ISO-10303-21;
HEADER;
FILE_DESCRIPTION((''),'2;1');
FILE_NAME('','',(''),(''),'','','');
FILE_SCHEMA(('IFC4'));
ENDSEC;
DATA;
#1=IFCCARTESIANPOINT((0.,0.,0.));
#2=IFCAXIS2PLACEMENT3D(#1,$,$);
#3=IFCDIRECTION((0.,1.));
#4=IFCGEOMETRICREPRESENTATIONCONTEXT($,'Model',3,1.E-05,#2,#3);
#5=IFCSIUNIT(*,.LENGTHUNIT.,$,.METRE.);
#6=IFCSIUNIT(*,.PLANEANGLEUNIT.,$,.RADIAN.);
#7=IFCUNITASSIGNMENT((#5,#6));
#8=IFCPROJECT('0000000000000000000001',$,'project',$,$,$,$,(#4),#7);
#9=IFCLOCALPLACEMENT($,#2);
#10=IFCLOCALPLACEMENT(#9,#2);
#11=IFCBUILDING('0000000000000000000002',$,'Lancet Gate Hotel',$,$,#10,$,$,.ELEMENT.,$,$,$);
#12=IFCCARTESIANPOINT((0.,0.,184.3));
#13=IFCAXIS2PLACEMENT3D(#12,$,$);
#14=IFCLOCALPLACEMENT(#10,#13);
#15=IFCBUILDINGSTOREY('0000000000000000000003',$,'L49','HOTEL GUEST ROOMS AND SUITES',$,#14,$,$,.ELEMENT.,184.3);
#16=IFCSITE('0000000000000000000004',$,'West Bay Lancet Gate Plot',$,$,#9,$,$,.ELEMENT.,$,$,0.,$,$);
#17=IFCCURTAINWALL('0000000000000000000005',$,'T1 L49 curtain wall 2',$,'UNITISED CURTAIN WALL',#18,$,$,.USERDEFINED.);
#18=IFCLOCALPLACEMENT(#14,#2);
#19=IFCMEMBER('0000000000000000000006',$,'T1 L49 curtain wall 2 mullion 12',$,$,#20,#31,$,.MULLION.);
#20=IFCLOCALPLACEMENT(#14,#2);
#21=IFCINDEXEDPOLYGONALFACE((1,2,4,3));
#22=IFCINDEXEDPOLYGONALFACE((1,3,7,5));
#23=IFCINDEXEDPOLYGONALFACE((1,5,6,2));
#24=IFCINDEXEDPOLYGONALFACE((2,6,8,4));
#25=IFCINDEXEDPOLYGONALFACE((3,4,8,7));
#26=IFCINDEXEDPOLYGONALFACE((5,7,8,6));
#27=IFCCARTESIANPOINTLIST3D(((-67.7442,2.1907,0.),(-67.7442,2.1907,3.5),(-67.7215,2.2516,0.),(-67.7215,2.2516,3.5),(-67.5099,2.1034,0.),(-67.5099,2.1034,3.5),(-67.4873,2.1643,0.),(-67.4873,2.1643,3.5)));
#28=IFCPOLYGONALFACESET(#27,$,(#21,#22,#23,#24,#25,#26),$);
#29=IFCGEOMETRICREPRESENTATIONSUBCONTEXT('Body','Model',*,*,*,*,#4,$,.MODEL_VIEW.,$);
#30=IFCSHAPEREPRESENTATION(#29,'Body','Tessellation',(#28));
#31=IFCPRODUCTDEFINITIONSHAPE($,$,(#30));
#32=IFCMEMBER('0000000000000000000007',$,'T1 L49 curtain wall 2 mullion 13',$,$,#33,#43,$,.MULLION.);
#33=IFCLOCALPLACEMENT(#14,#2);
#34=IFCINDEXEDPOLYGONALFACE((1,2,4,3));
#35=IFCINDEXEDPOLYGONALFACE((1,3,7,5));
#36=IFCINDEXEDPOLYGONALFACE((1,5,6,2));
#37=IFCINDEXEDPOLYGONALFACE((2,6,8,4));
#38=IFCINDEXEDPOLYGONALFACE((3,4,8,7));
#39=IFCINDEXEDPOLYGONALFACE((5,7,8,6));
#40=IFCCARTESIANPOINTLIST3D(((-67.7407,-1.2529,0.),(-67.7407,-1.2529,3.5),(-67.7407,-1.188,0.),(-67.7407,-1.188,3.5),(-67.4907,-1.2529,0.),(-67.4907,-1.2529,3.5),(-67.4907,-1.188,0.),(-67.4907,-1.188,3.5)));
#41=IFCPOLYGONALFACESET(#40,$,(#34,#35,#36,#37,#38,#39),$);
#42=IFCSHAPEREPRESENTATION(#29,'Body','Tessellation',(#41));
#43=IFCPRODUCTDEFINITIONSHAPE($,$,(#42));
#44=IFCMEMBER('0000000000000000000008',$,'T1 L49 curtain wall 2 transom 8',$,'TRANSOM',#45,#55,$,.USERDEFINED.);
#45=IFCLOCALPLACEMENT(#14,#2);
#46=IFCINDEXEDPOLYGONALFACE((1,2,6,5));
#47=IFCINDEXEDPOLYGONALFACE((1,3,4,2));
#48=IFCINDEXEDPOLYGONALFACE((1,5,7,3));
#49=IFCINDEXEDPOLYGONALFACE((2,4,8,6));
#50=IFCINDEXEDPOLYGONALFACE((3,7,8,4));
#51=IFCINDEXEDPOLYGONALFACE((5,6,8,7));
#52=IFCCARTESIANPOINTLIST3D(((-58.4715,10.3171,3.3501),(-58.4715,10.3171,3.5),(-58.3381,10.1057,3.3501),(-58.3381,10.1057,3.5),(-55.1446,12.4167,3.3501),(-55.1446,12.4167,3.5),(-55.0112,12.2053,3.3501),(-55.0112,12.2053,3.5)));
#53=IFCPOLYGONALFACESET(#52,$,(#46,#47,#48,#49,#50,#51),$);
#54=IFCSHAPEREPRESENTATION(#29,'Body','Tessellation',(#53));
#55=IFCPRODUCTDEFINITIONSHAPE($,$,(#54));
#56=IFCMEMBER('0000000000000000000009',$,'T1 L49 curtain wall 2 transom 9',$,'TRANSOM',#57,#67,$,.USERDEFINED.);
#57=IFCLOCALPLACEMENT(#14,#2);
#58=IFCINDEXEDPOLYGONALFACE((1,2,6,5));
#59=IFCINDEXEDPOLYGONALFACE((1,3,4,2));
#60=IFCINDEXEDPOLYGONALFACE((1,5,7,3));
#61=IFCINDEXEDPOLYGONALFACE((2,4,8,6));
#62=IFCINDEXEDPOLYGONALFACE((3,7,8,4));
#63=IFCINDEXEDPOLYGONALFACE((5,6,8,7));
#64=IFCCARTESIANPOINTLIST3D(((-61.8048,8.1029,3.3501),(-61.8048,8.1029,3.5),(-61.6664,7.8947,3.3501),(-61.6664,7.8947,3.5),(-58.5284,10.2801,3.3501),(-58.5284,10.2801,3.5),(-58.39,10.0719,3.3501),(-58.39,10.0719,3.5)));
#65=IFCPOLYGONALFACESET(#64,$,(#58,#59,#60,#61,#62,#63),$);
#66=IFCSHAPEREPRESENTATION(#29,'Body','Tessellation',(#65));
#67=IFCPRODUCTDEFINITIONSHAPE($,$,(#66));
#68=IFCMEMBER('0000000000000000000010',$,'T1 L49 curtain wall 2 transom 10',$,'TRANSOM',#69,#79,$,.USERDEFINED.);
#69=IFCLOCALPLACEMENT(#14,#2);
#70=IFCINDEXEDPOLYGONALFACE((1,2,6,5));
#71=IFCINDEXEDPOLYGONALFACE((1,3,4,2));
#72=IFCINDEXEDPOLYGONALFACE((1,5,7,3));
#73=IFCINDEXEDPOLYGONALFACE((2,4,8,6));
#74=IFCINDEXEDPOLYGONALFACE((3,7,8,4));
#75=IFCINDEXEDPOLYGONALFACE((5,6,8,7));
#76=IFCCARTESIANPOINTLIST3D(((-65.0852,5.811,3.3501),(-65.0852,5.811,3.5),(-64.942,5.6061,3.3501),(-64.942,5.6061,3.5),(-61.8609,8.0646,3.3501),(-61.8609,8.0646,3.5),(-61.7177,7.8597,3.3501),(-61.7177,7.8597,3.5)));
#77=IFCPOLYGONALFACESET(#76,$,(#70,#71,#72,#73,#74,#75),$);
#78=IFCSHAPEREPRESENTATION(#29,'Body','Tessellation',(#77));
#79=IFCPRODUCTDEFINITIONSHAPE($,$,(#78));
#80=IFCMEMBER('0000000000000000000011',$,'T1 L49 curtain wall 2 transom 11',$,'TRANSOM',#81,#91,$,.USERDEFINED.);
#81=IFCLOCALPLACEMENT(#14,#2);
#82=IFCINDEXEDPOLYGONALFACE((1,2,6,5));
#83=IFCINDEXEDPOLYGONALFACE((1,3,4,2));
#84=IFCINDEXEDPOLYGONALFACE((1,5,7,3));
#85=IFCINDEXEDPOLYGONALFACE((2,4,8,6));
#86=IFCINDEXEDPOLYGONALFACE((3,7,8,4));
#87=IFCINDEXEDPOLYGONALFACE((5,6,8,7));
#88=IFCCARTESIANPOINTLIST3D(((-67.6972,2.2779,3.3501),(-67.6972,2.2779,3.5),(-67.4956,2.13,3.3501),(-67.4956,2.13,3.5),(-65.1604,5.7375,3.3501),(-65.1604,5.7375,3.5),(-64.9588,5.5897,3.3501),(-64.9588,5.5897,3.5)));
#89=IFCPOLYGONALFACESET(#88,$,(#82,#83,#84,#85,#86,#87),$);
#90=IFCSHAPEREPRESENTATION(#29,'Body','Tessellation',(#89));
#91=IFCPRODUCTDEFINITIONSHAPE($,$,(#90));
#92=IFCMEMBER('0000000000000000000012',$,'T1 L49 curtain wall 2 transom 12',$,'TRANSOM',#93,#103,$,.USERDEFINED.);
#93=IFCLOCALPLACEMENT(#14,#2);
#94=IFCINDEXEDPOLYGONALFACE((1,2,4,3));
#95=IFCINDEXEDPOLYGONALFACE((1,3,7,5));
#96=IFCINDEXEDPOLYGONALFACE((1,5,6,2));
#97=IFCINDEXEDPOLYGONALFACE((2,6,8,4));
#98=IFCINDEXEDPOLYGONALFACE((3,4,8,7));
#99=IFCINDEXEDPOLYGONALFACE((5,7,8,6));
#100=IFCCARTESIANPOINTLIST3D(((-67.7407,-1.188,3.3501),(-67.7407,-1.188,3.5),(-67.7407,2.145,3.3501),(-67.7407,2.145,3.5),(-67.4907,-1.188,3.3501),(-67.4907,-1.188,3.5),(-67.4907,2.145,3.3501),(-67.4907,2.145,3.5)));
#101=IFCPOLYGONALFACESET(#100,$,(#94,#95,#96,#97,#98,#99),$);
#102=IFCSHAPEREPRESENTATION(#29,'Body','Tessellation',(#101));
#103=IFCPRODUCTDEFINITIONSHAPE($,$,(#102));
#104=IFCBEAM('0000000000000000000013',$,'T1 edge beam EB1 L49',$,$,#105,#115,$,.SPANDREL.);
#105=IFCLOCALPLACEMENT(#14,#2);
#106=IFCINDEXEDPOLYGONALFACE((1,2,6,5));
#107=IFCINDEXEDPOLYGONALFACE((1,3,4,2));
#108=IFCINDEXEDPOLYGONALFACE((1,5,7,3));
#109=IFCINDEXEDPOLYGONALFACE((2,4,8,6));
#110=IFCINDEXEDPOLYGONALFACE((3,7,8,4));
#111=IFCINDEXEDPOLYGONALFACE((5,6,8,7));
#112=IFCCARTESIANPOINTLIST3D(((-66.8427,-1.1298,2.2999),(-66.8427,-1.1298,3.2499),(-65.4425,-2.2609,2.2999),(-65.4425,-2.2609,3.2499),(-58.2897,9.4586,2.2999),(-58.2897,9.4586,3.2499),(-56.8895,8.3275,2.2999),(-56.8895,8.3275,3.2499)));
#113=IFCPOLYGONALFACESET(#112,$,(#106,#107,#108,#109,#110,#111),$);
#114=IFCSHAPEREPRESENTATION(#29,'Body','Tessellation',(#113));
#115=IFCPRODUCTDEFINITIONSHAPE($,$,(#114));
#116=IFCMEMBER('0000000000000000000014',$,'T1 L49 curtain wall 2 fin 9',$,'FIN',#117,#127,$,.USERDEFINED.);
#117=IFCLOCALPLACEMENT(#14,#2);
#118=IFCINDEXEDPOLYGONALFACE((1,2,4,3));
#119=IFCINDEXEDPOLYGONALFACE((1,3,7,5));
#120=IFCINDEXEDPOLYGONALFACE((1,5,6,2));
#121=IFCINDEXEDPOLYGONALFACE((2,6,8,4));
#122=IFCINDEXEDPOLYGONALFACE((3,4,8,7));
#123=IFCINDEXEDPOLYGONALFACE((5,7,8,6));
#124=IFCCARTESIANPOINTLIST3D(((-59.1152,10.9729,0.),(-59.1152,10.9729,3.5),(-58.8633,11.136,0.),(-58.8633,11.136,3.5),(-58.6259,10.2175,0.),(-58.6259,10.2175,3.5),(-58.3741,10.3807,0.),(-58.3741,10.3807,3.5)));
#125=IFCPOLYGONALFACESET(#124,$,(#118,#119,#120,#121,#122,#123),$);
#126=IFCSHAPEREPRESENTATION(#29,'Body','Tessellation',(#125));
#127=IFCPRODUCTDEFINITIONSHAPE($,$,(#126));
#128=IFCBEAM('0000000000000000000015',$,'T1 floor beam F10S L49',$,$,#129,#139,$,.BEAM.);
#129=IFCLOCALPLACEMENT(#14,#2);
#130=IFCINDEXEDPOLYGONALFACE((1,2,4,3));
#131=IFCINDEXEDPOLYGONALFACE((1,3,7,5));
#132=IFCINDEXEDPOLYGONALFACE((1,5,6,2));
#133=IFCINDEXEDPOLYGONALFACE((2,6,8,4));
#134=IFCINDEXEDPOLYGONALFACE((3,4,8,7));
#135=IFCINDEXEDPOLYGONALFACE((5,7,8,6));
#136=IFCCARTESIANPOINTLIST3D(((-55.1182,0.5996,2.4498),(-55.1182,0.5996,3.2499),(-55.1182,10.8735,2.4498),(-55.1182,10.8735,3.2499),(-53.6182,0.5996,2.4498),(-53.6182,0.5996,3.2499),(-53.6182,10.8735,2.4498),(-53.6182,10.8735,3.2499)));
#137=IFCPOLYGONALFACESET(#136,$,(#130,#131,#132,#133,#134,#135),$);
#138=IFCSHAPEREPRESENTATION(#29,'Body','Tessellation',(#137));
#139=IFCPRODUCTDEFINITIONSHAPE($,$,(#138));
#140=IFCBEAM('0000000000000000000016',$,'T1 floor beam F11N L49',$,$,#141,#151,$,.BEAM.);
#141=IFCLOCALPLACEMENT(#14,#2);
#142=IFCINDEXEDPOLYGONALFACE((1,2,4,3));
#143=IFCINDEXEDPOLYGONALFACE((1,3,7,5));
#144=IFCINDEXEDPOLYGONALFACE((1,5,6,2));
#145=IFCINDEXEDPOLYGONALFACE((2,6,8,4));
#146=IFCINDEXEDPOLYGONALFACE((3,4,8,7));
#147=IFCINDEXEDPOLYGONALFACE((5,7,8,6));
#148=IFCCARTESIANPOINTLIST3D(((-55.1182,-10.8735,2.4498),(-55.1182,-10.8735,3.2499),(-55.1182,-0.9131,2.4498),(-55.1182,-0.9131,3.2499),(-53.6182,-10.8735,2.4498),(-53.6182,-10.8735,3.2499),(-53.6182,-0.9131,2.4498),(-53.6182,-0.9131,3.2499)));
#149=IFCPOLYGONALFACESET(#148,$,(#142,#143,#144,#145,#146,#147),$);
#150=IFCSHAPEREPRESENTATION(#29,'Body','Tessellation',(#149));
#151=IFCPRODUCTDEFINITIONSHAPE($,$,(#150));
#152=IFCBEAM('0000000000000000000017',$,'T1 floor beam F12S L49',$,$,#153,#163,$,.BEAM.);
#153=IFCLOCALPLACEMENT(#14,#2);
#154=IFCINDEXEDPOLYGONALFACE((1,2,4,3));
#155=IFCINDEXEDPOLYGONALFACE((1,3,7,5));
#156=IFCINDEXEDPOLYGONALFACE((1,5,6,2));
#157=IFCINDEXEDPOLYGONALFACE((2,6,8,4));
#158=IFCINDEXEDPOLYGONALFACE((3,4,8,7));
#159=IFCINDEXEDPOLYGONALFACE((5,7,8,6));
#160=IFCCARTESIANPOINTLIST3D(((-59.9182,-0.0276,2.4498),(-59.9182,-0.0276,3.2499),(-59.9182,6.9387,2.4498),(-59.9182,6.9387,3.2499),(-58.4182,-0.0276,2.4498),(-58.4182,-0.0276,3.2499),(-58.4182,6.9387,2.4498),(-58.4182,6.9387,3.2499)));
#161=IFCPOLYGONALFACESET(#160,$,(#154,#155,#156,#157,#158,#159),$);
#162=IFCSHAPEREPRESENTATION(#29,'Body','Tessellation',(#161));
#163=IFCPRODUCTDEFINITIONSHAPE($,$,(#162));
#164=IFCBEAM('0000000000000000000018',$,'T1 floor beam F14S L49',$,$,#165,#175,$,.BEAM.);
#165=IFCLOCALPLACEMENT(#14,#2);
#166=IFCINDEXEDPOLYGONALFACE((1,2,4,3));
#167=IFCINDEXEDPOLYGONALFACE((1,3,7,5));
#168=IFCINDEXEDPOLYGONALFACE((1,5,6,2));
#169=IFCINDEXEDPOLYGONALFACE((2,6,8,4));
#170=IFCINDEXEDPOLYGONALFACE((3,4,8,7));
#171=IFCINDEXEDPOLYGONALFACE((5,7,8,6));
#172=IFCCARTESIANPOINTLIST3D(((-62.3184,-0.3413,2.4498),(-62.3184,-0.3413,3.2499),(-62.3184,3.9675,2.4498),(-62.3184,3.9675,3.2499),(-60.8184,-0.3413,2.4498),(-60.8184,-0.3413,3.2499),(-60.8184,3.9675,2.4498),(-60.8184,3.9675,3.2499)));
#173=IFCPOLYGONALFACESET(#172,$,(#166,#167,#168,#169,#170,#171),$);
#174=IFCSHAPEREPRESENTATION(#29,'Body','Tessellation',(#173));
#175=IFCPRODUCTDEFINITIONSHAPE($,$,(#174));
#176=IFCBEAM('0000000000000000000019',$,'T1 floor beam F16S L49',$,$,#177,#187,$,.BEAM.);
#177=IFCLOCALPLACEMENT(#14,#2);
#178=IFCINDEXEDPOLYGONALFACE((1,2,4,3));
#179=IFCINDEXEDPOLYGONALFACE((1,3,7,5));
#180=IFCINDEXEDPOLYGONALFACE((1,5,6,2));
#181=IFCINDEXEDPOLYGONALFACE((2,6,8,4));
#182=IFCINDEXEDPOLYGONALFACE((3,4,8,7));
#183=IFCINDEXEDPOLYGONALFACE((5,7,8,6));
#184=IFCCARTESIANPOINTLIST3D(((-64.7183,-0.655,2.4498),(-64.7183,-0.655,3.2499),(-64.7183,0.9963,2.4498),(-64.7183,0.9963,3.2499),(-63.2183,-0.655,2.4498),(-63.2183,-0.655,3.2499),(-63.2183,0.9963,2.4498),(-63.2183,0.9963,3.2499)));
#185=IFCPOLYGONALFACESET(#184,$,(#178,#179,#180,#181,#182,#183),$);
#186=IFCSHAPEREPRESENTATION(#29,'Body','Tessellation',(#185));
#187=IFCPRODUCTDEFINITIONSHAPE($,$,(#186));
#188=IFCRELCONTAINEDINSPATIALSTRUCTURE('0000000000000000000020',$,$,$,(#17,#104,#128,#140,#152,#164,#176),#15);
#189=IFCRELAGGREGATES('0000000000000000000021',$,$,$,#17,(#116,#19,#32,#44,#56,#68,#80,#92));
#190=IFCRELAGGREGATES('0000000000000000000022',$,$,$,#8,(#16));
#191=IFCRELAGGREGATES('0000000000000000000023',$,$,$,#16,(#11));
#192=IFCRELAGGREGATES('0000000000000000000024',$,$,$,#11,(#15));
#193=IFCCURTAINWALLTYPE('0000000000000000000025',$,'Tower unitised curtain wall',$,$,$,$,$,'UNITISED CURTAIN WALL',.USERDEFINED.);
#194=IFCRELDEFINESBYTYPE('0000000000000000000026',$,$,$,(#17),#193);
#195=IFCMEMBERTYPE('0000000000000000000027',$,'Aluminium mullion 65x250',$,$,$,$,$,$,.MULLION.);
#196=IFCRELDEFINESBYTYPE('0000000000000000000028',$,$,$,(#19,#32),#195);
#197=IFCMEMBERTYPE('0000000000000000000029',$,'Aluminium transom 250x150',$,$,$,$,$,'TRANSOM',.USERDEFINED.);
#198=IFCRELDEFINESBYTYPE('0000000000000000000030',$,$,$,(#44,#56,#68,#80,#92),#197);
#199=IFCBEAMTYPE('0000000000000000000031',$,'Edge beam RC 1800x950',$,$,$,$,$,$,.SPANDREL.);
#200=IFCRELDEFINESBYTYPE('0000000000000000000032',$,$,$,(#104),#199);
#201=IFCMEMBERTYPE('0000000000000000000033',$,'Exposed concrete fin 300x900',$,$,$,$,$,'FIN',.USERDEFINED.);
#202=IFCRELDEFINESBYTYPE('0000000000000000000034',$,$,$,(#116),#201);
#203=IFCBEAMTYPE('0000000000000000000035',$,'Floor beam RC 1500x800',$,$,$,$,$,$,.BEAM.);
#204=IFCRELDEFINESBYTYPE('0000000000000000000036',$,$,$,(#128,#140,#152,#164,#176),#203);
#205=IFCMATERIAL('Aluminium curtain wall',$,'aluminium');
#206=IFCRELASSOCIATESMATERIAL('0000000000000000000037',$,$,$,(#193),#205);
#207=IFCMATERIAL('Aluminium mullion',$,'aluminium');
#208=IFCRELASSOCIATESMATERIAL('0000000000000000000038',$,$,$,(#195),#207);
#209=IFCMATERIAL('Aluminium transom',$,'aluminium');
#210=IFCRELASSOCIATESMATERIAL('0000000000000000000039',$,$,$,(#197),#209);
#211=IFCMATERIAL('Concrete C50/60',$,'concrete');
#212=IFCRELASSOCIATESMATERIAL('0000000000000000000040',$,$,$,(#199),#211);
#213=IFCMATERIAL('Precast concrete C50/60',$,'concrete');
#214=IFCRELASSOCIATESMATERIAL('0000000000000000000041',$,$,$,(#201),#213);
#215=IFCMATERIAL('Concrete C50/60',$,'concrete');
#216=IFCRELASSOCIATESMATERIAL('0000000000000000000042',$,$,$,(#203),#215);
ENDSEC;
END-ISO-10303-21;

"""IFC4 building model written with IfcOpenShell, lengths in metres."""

from ifc_helpers import new_model, si_unit, direction, frame, origin, origin_2d, place, context, subcontext, project, spatial, rectangle, extrude, material, material_profile, profile_set, type_object, element, aggregate, save


model = new_model("IFC4")

# Units and contexts
model_context = context("Model", 3, precision=1e-05, world=origin(), true_north=direction((0.0, 1.0)))
body_context = subcontext(model_context, "Body", "Model", "MODEL_VIEW")
ifc_project = project(units=[si_unit("LENGTHUNIT", "METRE"), si_unit("PLANEANGLEUNIT", "RADIAN")], contexts=[model_context])

# Site, building, storey
site_placement = place(None, origin())
site = spatial("IfcSite", under=ifc_project, at=site_placement, Name="West Bay Lancet Gate Plot", CompositionType="ELEMENT", RefElevation=0.0)
building_placement = place(site_placement, origin())
building = spatial("IfcBuilding", under=site, at=building_placement, Name="Lancet Gate Hotel", CompositionType="ELEMENT")
storey_placement = place(building_placement, frame((0.0, 0.0, 184.3)))
storey = spatial("IfcBuildingStorey", under=building, at=storey_placement, Name="L49", Description="HOTEL GUEST ROOMS AND SUITES", CompositionType="ELEMENT", Elevation=184.3)

# Curtain wall, members
ifc_material_1 = material(Name="Aluminium curtain wall", Category="aluminium")
curtain_wall_type = type_object("IfcCurtainWallType", Name="Tower unitised curtain wall", ElementType="UNITISED CURTAIN WALL", PredefinedType="USERDEFINED", material=ifc_material_1)
curtain_wall_placement = place(storey_placement, origin())
curtain_wall = element("IfcCurtainWall", 1, at=curtain_wall_placement, inside=storey, type_object=curtain_wall_type, Name="T1 L49 curtain wall 2", ObjectType="UNITISED CURTAIN WALL", PredefinedType="USERDEFINED")
ifc_material_2 = material(Name="Aluminium mullion", Category="aluminium")
ifc_material_profile_1 = material_profile(ifc_material_2, rectangle(XDim=0.0649, YDim=0.25, at=origin_2d()), Name="MULLION 65x250")
ifc_profile_set_1 = profile_set([ifc_material_profile_1], Name="Aluminium mullion")
member_type_1 = type_object("IfcMemberType", Name="Aluminium mullion 65x250", PredefinedType="MULLION", material=ifc_profile_set_1)
member_1_placement = place(storey_placement, frame((-67.6157, 2.1775, 0.0), z_axis=(0.0, 0.0, 1.0), x_axis=(-0.349199, -0.937048, 0.0)))
member_1 = element("IfcMember", 2, at=member_1_placement, type_object=member_type_1, Name="T1 L49 curtain wall 2 mullion 12", PredefinedType="MULLION", context=body_context, shape_type="SweptSolid", body=[
    extrude(rectangle(XDim=0.0649, YDim=0.25, at=origin_2d()), origin(), (0.0, 0.0, 1.0), 3.5),
])
member_2_placement = place(storey_placement, frame((-67.6157, -1.2205, 0.0), z_axis=(0.0, 0.0, 1.0), x_axis=(0.0, -1.0, 0.0)))
member_2 = element("IfcMember", 3, at=member_2_placement, type_object=member_type_1, Name="T1 L49 curtain wall 2 mullion 13", PredefinedType="MULLION", context=body_context, shape_type="SweptSolid", body=[
    extrude(rectangle(XDim=0.0649, YDim=0.25, at=origin_2d()), origin(), (0.0, 0.0, 1.0), 3.5),
])
ifc_material_3 = material(Name="Aluminium transom", Category="aluminium")
ifc_material_profile_2 = material_profile(ifc_material_3, rectangle(XDim=0.25, YDim=0.1499, at=origin_2d()), Name="TRANSOM 250x150")
ifc_profile_set_2 = profile_set([ifc_material_profile_2], Name="Aluminium transom")
member_type_2 = type_object("IfcMemberType", Name="Aluminium transom 250x150", ElementType="TRANSOM", PredefinedType="USERDEFINED", material=ifc_profile_set_2)
member_3_placement = place(storey_placement, frame((-55.0779, 12.311, 3.425), z_axis=(-0.845672, -0.533703, 0.0), x_axis=(0.533703, -0.845672, 0.0)))
member_3 = element("IfcMember", 4, at=member_3_placement, type_object=member_type_2, Name="T1 L49 curtain wall 2 transom 8", ObjectType="TRANSOM", PredefinedType="USERDEFINED", context=body_context, shape_type="SweptSolid", body=[
    extrude(rectangle(XDim=0.25, YDim=0.1499, at=origin_2d()), origin(), (0.0, 0.0, 1.0), 3.9341),
])
member_4_placement = place(storey_placement, frame((-58.4592, 10.176, 3.425), z_axis=(-0.832871, -0.553468, 0.0), x_axis=(0.553468, -0.832871, 0.0)))
member_4 = element("IfcMember", 5, at=member_4_placement, type_object=member_type_2, Name="T1 L49 curtain wall 2 transom 9", ObjectType="TRANSOM", PredefinedType="USERDEFINED", context=body_context, shape_type="SweptSolid", body=[
    extrude(rectangle(XDim=0.25, YDim=0.1499, at=origin_2d()), origin(), (0.0, 0.0, 1.0), 3.9338),
])
member_5_placement = place(storey_placement, frame((-61.7893, 7.9622, 3.425), z_axis=(-0.819637, -0.572883, 0.0), x_axis=(0.572883, -0.819637, 0.0)))
member_5 = element("IfcMember", 6, at=member_5_placement, type_object=member_type_2, Name="T1 L49 curtain wall 2 transom 10", ObjectType="TRANSOM", PredefinedType="USERDEFINED", context=body_context, shape_type="SweptSolid", body=[
    extrude(rectangle(XDim=0.25, YDim=0.1499, at=origin_2d()), origin(), (0.0, 0.0, 1.0), 3.9338),
])
member_6_placement = place(storey_placement, frame((-65.0596, 5.6636, 3.425), z_axis=(-0.591324, -0.806434, 0.0), x_axis=(0.806434, -0.591324, 0.0)))
member_6 = element("IfcMember", 7, at=member_6_placement, type_object=member_type_2, Name="T1 L49 curtain wall 2 transom 11", ObjectType="TRANSOM", PredefinedType="USERDEFINED", context=body_context, shape_type="SweptSolid", body=[
    extrude(rectangle(XDim=0.25, YDim=0.1499, at=origin_2d()), origin(), (0.0, 0.0, 1.0), 4.29),
])
member_7_placement = place(storey_placement, frame((-67.6157, 2.145, 3.425), z_axis=(0.0, -1.0, 0.0), x_axis=(1.0, 0.0, 0.0)))
member_7 = element("IfcMember", 8, at=member_7_placement, type_object=member_type_2, Name="T1 L49 curtain wall 2 transom 12", ObjectType="TRANSOM", PredefinedType="USERDEFINED", context=body_context, shape_type="SweptSolid", body=[
    extrude(rectangle(XDim=0.25, YDim=0.1499, at=origin_2d()), origin(), (0.0, 0.0, 1.0), 3.333),
])

# Beam
ifc_material_4 = material(Name="Concrete C50/60", Category="concrete")
ifc_material_profile_3 = material_profile(ifc_material_4, rectangle(XDim=1.8, YDim=0.95, at=origin_2d()), Name="RC 1800x950")
ifc_profile_set_3 = profile_set([ifc_material_profile_3], Name="Concrete C50/60")
beam_type_1 = type_object("IfcBeamType", Name="Edge beam RC 1800x950", PredefinedType="SPANDREL", material=ifc_profile_set_3)
beam_1_placement = place(storey_placement, frame((-57.5896, 8.8931, 2.7749), z_axis=(-0.628374, -0.777912, 0.0), x_axis=(0.777912, -0.628374, 0.0)))
element("IfcBeam", 9, at=beam_1_placement, inside=storey, type_object=beam_type_1, Name="T1 edge beam EB1 L49", PredefinedType="SPANDREL", context=body_context, shape_type="SweptSolid", body=[
    extrude(rectangle(XDim=1.8, YDim=0.95, at=origin_2d()), origin(), (0.0, 0.0, 1.0), 13.6113),
])

# Member
ifc_material_5 = material(Name="Precast concrete C50/60", Category="concrete")
ifc_material_profile_4 = material_profile(ifc_material_5, rectangle(XDim=0.3, YDim=0.8999, at=origin_2d()), Name="FIN 300x900")
ifc_profile_set_4 = profile_set([ifc_material_profile_4], Name="Precast concrete C50/60")
member_type_3 = type_object("IfcMemberType", Name="Exposed concrete fin 300x900", ElementType="FIN", PredefinedType="USERDEFINED", material=ifc_profile_set_4)
member_8_placement = place(storey_placement, frame((-58.7446, 10.6768, 0.0), z_axis=(0.0, 0.0, 1.0), x_axis=(-0.839331, -0.543621, 0.0)))
member_8 = element("IfcMember", 10, at=member_8_placement, type_object=member_type_3, Name="T1 L49 curtain wall 2 fin 9", ObjectType="FIN", PredefinedType="USERDEFINED", context=body_context, shape_type="SweptSolid", body=[
    extrude(rectangle(XDim=0.3, YDim=0.8999, at=origin_2d()), origin(), (0.0, 0.0, 1.0), 3.5),
])

# Beams
ifc_material_6 = material(Name="Concrete C50/60", Category="concrete")
ifc_material_profile_5 = material_profile(ifc_material_6, rectangle(XDim=1.5, YDim=0.8, at=origin_2d()), Name="RC 1500x800")
ifc_profile_set_5 = profile_set([ifc_material_profile_5], Name="Concrete C50/60")
beam_type_2 = type_object("IfcBeamType", Name="Floor beam RC 1500x800", PredefinedType="BEAM", material=ifc_profile_set_5)
beam_2_placement = place(storey_placement, frame((-54.3682, 10.8735, 2.8499), z_axis=(0.0, -1.0, 0.0), x_axis=(1.0, 0.0, 0.0)))
element("IfcBeam", 11, at=beam_2_placement, inside=storey, type_object=beam_type_2, Name="T1 floor beam F10S L49", PredefinedType="BEAM", context=body_context, shape_type="SweptSolid", body=[
    extrude(rectangle(XDim=1.5, YDim=0.8, at=origin_2d()), origin(), (0.0, 0.0, 1.0), 10.2739),
])
beam_3_placement = place(storey_placement, frame((-54.3682, -0.9131, 2.8499), z_axis=(0.0, -1.0, 0.0), x_axis=(1.0, 0.0, 0.0)))
element("IfcBeam", 12, at=beam_3_placement, inside=storey, type_object=beam_type_2, Name="T1 floor beam F11N L49", PredefinedType="BEAM", context=body_context, shape_type="SweptSolid", body=[
    extrude(rectangle(XDim=1.5, YDim=0.8, at=origin_2d()), origin(), (0.0, 0.0, 1.0), 9.9604),
])
beam_4_placement = place(storey_placement, frame((-59.1682, 6.9387, 2.8499), z_axis=(0.0, -1.0, 0.0), x_axis=(1.0, 0.0, 0.0)))
element("IfcBeam", 13, at=beam_4_placement, inside=storey, type_object=beam_type_2, Name="T1 floor beam F12S L49", PredefinedType="BEAM", context=body_context, shape_type="SweptSolid", body=[
    extrude(rectangle(XDim=1.5, YDim=0.8, at=origin_2d()), origin(), (0.0, 0.0, 1.0), 6.9663),
])
beam_5_placement = place(storey_placement, frame((-61.5684, 3.9675, 2.8499), z_axis=(0.0, -1.0, 0.0), x_axis=(1.0, 0.0, 0.0)))
element("IfcBeam", 14, at=beam_5_placement, inside=storey, type_object=beam_type_2, Name="T1 floor beam F14S L49", PredefinedType="BEAM", context=body_context, shape_type="SweptSolid", body=[
    extrude(rectangle(XDim=1.5, YDim=0.8, at=origin_2d()), origin(), (0.0, 0.0, 1.0), 4.3088),
])
beam_6_placement = place(storey_placement, frame((-63.9683, 0.9963, 2.8499), z_axis=(0.0, -1.0, 0.0), x_axis=(1.0, 0.0, 0.0)))
element("IfcBeam", 15, at=beam_6_placement, inside=storey, type_object=beam_type_2, Name="T1 floor beam F16S L49", PredefinedType="BEAM", context=body_context, shape_type="SweptSolid", body=[
    extrude(rectangle(XDim=1.5, YDim=0.8, at=origin_2d()), origin(), (0.0, 0.0, 1.0), 1.6514),
])

aggregate(curtain_wall, [member_8, member_1, member_2, member_3, member_4, member_5, member_6, member_7])

save(model, "model.ifc")
